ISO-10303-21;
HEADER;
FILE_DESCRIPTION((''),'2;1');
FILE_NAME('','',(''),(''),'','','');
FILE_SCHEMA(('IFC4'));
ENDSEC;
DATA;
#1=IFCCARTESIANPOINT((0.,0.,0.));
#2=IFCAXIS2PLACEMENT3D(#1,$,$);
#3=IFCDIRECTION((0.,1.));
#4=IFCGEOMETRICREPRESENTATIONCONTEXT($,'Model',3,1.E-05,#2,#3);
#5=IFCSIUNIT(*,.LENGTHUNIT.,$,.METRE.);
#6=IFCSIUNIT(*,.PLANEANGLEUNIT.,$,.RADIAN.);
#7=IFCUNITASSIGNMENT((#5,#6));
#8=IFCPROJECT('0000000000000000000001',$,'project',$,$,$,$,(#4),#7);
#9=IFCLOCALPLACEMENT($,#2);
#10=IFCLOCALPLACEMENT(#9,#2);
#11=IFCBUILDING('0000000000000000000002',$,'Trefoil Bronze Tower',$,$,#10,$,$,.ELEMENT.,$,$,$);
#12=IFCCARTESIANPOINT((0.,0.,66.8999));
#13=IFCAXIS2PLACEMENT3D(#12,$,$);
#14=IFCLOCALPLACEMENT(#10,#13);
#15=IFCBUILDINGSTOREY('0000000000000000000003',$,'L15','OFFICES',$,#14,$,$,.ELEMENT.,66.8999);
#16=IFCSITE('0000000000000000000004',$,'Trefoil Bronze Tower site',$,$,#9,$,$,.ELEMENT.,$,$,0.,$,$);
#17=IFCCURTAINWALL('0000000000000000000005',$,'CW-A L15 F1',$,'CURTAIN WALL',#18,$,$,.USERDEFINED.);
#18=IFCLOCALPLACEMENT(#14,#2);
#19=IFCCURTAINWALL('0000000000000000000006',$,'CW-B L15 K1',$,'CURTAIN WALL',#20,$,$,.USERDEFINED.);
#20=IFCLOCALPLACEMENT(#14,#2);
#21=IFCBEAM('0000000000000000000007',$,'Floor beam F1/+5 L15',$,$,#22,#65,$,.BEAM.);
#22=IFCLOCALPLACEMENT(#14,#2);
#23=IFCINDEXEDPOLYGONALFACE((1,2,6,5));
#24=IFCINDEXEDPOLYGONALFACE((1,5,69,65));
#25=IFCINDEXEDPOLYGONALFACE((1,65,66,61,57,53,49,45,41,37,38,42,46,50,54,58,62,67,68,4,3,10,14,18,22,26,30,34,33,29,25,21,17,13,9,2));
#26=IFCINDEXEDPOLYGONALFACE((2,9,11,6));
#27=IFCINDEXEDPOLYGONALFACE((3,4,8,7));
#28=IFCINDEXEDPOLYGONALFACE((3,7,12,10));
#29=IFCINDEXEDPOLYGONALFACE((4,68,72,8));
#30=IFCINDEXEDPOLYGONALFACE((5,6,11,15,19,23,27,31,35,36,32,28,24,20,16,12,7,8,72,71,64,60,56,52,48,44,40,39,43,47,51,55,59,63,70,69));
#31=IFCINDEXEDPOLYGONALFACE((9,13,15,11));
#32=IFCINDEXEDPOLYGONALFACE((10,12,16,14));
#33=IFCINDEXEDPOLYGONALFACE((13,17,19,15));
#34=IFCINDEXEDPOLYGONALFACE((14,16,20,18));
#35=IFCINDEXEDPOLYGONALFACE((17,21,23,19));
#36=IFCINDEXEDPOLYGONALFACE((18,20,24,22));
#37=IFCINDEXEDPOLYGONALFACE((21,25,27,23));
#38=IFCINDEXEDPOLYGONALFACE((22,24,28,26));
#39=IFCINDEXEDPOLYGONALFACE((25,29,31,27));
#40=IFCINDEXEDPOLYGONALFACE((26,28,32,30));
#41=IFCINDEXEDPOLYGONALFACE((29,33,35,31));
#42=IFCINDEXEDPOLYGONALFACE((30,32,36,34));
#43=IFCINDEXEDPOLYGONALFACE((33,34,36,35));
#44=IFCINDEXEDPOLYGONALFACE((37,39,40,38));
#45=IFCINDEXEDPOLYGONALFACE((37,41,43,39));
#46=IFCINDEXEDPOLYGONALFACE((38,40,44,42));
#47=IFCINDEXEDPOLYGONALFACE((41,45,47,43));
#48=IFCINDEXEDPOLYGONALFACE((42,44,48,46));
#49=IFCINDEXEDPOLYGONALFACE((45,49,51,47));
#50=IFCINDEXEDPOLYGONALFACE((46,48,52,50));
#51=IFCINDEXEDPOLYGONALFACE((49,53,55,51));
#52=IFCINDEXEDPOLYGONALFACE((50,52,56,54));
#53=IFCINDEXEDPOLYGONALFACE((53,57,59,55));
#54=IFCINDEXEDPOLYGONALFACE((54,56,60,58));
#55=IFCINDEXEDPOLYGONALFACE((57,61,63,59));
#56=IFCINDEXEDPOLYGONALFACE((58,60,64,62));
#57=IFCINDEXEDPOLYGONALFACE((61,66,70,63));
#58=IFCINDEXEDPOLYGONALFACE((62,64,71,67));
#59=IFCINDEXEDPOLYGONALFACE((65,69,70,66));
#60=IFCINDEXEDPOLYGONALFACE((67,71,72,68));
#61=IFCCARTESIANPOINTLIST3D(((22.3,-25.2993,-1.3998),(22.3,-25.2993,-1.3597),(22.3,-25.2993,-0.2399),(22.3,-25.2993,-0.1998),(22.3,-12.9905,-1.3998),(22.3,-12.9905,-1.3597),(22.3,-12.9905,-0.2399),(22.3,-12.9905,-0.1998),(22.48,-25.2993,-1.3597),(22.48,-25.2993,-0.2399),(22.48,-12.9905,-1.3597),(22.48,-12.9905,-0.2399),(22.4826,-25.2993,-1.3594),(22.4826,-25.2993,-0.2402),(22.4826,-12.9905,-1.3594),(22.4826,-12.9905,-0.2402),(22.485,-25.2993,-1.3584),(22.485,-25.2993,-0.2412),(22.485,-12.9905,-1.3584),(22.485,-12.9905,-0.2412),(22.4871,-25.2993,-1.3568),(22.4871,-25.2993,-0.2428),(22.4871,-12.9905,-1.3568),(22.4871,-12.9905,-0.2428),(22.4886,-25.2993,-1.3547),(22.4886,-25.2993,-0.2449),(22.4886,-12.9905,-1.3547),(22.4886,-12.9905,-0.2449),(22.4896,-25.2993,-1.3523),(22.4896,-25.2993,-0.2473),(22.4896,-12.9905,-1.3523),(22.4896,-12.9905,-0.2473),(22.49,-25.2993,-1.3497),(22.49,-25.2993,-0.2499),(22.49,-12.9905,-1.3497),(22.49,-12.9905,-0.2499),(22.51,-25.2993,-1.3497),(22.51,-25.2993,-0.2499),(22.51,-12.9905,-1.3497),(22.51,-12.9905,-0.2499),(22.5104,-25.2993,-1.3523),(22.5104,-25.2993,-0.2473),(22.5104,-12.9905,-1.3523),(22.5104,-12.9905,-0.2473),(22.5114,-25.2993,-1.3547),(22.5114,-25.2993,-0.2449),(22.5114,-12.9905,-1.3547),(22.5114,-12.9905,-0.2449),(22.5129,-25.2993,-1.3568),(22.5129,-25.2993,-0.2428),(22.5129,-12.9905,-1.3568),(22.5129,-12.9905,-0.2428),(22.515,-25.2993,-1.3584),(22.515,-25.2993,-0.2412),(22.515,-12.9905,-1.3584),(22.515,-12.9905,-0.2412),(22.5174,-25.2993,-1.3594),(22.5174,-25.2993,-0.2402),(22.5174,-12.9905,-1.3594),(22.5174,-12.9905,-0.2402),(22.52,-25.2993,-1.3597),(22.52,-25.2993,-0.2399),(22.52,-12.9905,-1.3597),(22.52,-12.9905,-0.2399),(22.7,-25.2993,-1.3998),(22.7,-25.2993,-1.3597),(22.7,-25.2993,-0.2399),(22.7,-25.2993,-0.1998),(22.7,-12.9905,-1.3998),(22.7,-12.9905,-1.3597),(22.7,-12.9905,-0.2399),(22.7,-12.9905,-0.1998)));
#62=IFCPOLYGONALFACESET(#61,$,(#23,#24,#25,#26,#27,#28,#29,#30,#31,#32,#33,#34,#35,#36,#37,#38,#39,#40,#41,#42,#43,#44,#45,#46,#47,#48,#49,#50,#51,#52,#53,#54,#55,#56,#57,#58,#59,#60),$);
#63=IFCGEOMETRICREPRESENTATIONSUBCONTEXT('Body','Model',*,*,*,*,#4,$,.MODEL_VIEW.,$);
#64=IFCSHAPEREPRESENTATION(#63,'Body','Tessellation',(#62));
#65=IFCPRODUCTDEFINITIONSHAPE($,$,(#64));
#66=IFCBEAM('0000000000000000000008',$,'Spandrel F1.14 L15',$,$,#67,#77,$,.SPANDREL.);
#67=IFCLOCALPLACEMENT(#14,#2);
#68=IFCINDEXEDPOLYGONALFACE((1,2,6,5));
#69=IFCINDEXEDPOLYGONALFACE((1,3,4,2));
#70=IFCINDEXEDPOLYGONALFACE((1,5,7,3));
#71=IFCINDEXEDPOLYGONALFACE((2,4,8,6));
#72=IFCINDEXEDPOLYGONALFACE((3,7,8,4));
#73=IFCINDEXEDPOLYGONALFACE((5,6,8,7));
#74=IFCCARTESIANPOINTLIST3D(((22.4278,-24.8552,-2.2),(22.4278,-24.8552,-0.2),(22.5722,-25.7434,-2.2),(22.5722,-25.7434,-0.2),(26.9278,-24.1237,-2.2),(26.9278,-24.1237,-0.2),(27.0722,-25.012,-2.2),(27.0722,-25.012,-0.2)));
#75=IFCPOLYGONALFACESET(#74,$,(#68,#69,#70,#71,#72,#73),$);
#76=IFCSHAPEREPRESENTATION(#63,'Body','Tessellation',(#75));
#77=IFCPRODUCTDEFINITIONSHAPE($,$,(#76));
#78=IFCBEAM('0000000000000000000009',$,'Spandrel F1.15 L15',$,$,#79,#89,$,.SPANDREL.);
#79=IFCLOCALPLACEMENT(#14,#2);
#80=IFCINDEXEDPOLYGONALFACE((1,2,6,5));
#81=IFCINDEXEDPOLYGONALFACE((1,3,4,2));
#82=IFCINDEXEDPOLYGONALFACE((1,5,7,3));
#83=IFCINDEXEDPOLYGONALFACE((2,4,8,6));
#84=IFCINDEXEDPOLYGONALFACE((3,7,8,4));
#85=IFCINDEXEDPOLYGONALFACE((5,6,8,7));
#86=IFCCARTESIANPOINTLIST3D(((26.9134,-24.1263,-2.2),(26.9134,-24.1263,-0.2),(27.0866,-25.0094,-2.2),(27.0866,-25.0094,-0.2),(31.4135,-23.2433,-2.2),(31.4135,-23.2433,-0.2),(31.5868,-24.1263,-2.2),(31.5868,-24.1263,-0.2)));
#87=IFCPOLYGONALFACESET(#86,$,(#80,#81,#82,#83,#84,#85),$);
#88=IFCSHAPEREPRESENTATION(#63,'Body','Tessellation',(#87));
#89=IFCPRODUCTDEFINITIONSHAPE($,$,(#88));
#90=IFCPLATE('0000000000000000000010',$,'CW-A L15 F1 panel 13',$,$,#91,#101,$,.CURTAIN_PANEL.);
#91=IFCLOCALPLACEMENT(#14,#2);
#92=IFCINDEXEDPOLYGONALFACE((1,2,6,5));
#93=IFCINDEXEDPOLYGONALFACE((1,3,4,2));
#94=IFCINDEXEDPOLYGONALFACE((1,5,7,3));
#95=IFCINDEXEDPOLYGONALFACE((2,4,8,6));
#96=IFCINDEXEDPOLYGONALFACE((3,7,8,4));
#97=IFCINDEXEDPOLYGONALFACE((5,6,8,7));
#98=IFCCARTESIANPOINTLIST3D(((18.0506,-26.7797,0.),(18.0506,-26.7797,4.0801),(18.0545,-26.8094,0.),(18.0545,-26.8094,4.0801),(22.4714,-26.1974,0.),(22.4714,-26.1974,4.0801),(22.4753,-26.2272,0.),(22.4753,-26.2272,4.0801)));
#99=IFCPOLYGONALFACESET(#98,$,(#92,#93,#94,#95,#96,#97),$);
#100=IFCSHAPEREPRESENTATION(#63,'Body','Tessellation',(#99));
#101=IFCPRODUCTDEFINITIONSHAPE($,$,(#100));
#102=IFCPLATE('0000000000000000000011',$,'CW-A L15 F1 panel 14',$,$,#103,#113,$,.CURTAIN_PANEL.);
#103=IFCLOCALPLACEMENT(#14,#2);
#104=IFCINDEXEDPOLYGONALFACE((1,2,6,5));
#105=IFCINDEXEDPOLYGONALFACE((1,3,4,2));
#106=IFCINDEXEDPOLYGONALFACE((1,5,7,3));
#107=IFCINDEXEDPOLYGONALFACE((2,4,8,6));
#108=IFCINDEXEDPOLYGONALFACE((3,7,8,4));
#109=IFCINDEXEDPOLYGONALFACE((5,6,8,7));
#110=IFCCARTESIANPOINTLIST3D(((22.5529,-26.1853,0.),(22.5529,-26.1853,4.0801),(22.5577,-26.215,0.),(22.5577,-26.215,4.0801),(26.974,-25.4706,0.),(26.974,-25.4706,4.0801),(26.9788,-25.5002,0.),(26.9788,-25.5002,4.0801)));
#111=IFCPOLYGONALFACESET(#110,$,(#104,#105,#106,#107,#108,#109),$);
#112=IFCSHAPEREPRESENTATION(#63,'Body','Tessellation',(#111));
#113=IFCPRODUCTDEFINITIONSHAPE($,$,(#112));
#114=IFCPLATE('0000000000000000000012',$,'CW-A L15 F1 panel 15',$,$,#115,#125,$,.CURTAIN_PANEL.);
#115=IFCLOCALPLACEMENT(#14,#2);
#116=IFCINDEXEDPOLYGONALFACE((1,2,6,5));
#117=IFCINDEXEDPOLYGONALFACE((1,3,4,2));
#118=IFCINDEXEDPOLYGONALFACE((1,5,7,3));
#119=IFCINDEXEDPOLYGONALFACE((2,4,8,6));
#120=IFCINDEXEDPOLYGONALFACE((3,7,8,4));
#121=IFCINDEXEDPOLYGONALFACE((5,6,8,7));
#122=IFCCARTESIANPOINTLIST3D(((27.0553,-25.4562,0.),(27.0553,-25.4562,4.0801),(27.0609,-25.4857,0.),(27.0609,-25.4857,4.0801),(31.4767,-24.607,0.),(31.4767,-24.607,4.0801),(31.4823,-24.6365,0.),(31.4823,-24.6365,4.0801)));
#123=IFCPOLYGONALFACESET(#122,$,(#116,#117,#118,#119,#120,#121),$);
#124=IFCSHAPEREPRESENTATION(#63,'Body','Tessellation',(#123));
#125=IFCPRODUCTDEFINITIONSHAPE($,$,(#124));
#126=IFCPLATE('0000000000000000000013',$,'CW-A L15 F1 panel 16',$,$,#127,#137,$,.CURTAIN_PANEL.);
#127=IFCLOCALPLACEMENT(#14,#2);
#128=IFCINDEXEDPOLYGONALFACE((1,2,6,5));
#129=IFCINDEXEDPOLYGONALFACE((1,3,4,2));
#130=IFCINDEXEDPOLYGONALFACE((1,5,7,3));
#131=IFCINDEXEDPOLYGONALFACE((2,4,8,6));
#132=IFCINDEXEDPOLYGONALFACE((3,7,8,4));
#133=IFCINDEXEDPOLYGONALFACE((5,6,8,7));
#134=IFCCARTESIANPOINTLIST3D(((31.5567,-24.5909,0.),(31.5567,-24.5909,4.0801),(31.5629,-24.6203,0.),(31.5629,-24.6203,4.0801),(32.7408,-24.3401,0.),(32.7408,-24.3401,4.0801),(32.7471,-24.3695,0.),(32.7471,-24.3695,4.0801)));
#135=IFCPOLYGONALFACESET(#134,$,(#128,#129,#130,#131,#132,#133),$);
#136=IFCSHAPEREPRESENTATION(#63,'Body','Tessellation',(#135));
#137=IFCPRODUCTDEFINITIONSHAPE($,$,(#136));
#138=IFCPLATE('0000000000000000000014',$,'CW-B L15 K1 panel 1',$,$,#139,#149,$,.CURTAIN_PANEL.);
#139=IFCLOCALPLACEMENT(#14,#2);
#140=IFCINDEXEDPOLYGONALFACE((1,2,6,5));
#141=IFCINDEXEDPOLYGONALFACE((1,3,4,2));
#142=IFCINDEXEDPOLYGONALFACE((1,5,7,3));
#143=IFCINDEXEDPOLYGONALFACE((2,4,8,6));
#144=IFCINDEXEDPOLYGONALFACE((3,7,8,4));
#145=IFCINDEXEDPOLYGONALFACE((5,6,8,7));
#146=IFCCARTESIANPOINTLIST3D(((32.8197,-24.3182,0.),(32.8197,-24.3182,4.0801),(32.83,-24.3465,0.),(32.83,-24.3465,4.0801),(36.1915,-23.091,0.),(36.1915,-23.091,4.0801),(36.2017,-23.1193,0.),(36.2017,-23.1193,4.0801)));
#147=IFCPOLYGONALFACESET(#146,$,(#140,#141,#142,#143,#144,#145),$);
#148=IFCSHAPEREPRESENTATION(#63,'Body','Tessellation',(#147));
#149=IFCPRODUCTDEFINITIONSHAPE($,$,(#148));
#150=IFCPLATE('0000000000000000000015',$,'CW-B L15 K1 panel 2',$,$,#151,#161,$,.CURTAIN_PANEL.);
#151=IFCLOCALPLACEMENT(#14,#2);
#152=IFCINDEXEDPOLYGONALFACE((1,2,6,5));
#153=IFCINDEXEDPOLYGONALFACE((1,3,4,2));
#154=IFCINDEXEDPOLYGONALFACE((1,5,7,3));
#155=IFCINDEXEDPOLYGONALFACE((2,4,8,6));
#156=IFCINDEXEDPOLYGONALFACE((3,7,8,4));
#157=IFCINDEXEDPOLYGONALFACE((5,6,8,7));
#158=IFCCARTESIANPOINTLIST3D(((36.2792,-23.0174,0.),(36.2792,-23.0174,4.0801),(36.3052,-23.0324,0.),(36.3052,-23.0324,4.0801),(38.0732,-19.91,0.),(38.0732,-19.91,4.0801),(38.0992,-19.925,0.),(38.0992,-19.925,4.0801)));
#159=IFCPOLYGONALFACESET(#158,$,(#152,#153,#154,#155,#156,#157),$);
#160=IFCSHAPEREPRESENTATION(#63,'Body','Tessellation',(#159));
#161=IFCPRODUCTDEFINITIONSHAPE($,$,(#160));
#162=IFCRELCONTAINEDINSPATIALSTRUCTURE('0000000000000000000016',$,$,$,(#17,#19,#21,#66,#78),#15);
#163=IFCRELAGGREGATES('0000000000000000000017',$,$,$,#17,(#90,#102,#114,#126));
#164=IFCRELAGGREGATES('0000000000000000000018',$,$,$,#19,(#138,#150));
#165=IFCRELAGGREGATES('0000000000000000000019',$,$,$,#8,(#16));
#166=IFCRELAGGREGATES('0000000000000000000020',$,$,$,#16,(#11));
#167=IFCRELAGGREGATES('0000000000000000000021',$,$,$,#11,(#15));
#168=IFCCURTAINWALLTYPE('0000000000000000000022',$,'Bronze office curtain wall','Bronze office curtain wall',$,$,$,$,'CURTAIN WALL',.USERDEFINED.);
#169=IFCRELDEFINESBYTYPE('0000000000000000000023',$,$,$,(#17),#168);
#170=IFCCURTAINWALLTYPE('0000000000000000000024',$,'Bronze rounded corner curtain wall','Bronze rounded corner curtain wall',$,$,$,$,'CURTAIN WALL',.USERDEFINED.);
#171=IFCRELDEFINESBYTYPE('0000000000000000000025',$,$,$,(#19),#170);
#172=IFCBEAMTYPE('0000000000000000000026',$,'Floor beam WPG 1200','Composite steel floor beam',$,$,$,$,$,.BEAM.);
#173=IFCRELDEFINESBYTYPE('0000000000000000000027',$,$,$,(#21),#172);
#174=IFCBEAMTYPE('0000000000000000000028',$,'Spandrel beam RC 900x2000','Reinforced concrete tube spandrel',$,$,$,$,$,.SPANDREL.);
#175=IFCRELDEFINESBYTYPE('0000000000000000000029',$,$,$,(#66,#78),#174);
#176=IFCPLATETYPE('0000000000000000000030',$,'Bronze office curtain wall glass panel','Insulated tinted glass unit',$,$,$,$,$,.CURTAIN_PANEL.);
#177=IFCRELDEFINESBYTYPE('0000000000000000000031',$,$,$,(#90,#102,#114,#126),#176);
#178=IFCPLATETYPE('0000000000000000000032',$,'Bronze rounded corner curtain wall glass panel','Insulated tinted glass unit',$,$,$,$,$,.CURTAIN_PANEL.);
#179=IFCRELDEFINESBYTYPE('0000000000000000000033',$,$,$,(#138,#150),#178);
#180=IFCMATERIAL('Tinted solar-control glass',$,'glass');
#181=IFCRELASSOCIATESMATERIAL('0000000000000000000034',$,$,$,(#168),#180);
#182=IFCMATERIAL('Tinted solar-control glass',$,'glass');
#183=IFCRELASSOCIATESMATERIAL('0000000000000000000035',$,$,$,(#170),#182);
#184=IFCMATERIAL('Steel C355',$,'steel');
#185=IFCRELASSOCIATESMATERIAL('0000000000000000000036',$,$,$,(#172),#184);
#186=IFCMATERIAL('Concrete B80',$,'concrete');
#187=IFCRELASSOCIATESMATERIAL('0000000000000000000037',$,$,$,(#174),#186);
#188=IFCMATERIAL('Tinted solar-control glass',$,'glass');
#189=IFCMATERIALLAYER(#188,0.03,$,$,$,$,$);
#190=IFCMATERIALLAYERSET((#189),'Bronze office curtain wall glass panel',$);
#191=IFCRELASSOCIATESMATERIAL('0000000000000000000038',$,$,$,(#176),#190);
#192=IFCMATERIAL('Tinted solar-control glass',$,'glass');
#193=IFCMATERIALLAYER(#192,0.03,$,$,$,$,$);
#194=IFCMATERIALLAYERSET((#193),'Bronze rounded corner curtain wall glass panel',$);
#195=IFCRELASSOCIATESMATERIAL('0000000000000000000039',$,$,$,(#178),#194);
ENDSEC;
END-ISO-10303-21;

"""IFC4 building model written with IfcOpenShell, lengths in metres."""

from ifc_helpers import new_model, si_unit, direction, frame, origin, origin_2d, place, context, subcontext, project, spatial, rectangle, i_section, extrude, material, layer, layer_set, material_profile, profile_set, type_object, element, aggregate, save


model = new_model("IFC4")

# Units and contexts
model_context = context("Model", 3, precision=1e-05, world=origin(), true_north=direction((0.0, 1.0)))
body_context = subcontext(model_context, "Body", "Model", "MODEL_VIEW")
ifc_project = project(units=[si_unit("LENGTHUNIT", "METRE"), si_unit("PLANEANGLEUNIT", "RADIAN")], contexts=[model_context])

# Site, building, storey
site_placement = place(None, origin())
site = spatial("IfcSite", under=ifc_project, at=site_placement, Name="Trefoil Bronze Tower site", CompositionType="ELEMENT", RefElevation=0.0)
building_placement = place(site_placement, origin())
building = spatial("IfcBuilding", under=site, at=building_placement, Name="Trefoil Bronze Tower", CompositionType="ELEMENT")
storey_placement = place(building_placement, frame((0.0, 0.0, 66.8999)))
storey = spatial("IfcBuildingStorey", under=building, at=storey_placement, Name="L15", Description="OFFICES", CompositionType="ELEMENT", Elevation=66.8999)

# Curtain walls
ifc_material_1 = material(Name="Tinted solar-control glass", Category="glass")
curtain_wall_type_1 = type_object("IfcCurtainWallType", Name="Bronze office curtain wall", Description="Bronze office curtain wall", ElementType="CURTAIN WALL", PredefinedType="USERDEFINED", material=ifc_material_1)
curtain_wall_1_placement = place(storey_placement, origin())
curtain_wall_1 = element("IfcCurtainWall", 1, at=curtain_wall_1_placement, inside=storey, type_object=curtain_wall_type_1, Name="CW-A L15 F1", ObjectType="CURTAIN WALL", PredefinedType="USERDEFINED")
ifc_material_2 = material(Name="Tinted solar-control glass", Category="glass")
curtain_wall_type_2 = type_object("IfcCurtainWallType", Name="Bronze rounded corner curtain wall", Description="Bronze rounded corner curtain wall", ElementType="CURTAIN WALL", PredefinedType="USERDEFINED", material=ifc_material_2)
curtain_wall_2_placement = place(storey_placement, origin())
curtain_wall_2 = element("IfcCurtainWall", 2, at=curtain_wall_2_placement, inside=storey, type_object=curtain_wall_type_2, Name="CW-B L15 K1", ObjectType="CURTAIN WALL", PredefinedType="USERDEFINED")

# Beams
ifc_material_3 = material(Name="Steel C355", Category="steel")
ifc_material_profile_1 = material_profile(ifc_material_3, i_section(OverallWidth=0.3999, OverallDepth=1.2, WebThickness=0.02, FlangeThickness=0.04, FilletRadius=0.01, at=origin_2d()), Name="WPG 1200")
ifc_profile_set_1 = profile_set([ifc_material_profile_1], Name="Steel C355")
beam_type_1 = type_object("IfcBeamType", Name="Floor beam WPG 1200", Description="Composite steel floor beam", PredefinedType="BEAM", material=ifc_profile_set_1)
beam_1_placement = place(storey_placement, frame((22.5, -25.2993, -0.7998), z_axis=(0.0, 1.0, 0.0), x_axis=(-1.0, 0.0, 0.0)))
element("IfcBeam", 3, at=beam_1_placement, inside=storey, type_object=beam_type_1, Name="Floor beam F1/+5 L15", PredefinedType="BEAM", context=body_context, shape_type="SweptSolid", body=[
    extrude(i_section(OverallWidth=0.3999, OverallDepth=1.2, WebThickness=0.02, FlangeThickness=0.04, FilletRadius=0.01, at=origin_2d()), origin(), (0.0, 0.0, 1.0), 12.3088),
])
ifc_material_4 = material(Name="Concrete B80", Category="concrete")
ifc_material_profile_2 = material_profile(ifc_material_4, rectangle(XDim=0.8999, YDim=2.0, at=origin_2d()), Name="RC 900x2000")
ifc_profile_set_2 = profile_set([ifc_material_profile_2], Name="Concrete B80")
beam_type_2 = type_object("IfcBeamType", Name="Spandrel beam RC 900x2000", Description="Reinforced concrete tube spandrel", PredefinedType="SPANDREL", material=ifc_profile_set_2)
beam_2_placement = place(storey_placement, frame((22.5, -25.2993, -1.2), z_axis=(0.987046, 0.160438, 0.0), x_axis=(-0.160438, 0.987046, 0.0)))
element("IfcBeam", 4, at=beam_2_placement, inside=storey, type_object=beam_type_2, Name="Spandrel F1.14 L15", PredefinedType="SPANDREL", context=body_context, shape_type="SweptSolid", body=[
    extrude(rectangle(XDim=0.8999, YDim=2.0, at=origin_2d()), origin(), (0.0, 0.0, 1.0), 4.5591),
])
beam_3_placement = place(storey_placement, frame((27.0, -24.5679, -1.2), z_axis=(0.981285, 0.192562, 0.0), x_axis=(-0.192562, 0.981285, 0.0)))
element("IfcBeam", 5, at=beam_3_placement, inside=storey, type_object=beam_type_2, Name="Spandrel F1.15 L15", PredefinedType="SPANDREL", context=body_context, shape_type="SweptSolid", body=[
    extrude(rectangle(XDim=0.8999, YDim=2.0, at=origin_2d()), origin(), (0.0, 0.0, 1.0), 4.5859),
])

# Plates
ifc_material_5 = material(Name="Tinted solar-control glass", Category="glass")
ifc_layer_1 = layer(ifc_material_5, 0.03)
ifc_layer_set_1 = layer_set([ifc_layer_1], Name="Bronze office curtain wall glass panel")
plate_type_1 = type_object("IfcPlateType", Name="Bronze office curtain wall glass panel", Description="Insulated tinted glass unit", PredefinedType="CURTAIN_PANEL", material=ifc_layer_set_1)
plate_1_placement = place(storey_placement, frame((20.2629, -26.5034, 0.0), z_axis=(0.0, 0.0, 1.0), x_axis=(0.991437, 0.130584, 0.0)))
plate_1 = element("IfcPlate", 6, at=plate_1_placement, type_object=plate_type_1, Name="CW-A L15 F1 panel 13", PredefinedType="CURTAIN_PANEL", context=body_context, shape_type="SweptSolid", body=[
    extrude(rectangle(XDim=4.459, YDim=0.03, at=origin_2d()), origin(), (0.0, 0.0, 1.0), 4.0801),
])
plate_2_placement = place(storey_placement, frame((24.7659, -25.8428, 0.0), z_axis=(0.0, 0.0, 1.0), x_axis=(0.987181, 0.159603, 0.0)))
plate_2 = element("IfcPlate", 7, at=plate_2_placement, type_object=plate_type_1, Name="CW-A L15 F1 panel 14", PredefinedType="CURTAIN_PANEL", context=body_context, shape_type="SweptSolid", body=[
    extrude(rectangle(XDim=4.4785, YDim=0.03, at=origin_2d()), origin(), (0.0, 0.0, 1.0), 4.0801),
])
plate_3_placement = place(storey_placement, frame((29.2688, -25.0464, 0.0), z_axis=(0.0, 0.0, 1.0), x_axis=(0.98205, 0.188622, 0.0)))
plate_3 = element("IfcPlate", 8, at=plate_3_placement, type_object=plate_type_1, Name="CW-A L15 F1 panel 15", PredefinedType="CURTAIN_PANEL", context=body_context, shape_type="SweptSolid", body=[
    extrude(rectangle(XDim=4.5022, YDim=0.03, at=origin_2d()), origin(), (0.0, 0.0, 1.0), 4.0801),
])
plate_4_placement = place(storey_placement, frame((32.1519, -24.4802, 0.0), z_axis=(0.0, 0.0, 1.0), x_axis=(0.978303, 0.207181, 0.0)))
plate_4 = element("IfcPlate", 9, at=plate_4_placement, type_object=plate_type_1, Name="CW-A L15 F1 panel 16", PredefinedType="CURTAIN_PANEL", context=body_context, shape_type="SweptSolid", body=[
    extrude(rectangle(XDim=1.2104, YDim=0.03, at=origin_2d()), origin(), (0.0, 0.0, 1.0), 4.0801),
])
aggregate(curtain_wall_1, [plate_1, plate_2, plate_3, plate_4])
ifc_material_6 = material(Name="Tinted solar-control glass", Category="glass")
ifc_layer_2 = layer(ifc_material_6, 0.03)
ifc_layer_set_2 = layer_set([ifc_layer_2], Name="Bronze rounded corner curtain wall glass panel")
plate_type_2 = type_object("IfcPlateType", Name="Bronze rounded corner curtain wall glass panel", Description="Insulated tinted glass unit", PredefinedType="CURTAIN_PANEL", material=ifc_layer_set_2)
plate_5_placement = place(storey_placement, frame((34.5107, -23.7188, 0.0), z_axis=(0.0, 0.0, 1.0), x_axis=(0.939693, 0.34202, 0.0)))
plate_5 = element("IfcPlate", 10, at=plate_5_placement, type_object=plate_type_2, Name="CW-B L15 K1 panel 1", PredefinedType="CURTAIN_PANEL", context=body_context, shape_type="SweptSolid", body=[
    extrude(rectangle(XDim=3.5881, YDim=0.03, at=origin_2d()), origin(), (0.0, 0.0, 1.0), 4.0801),
])
plate_6_placement = place(storey_placement, frame((37.1892, -21.4712, 0.0), z_axis=(0.0, 0.0, 1.0), x_axis=(0.5, 0.866025, 0.0)))
plate_6 = element("IfcPlate", 11, at=plate_6_placement, type_object=plate_type_2, Name="CW-B L15 K1 panel 2", PredefinedType="CURTAIN_PANEL", context=body_context, shape_type="SweptSolid", body=[
    extrude(rectangle(XDim=3.5881, YDim=0.03, at=origin_2d()), origin(), (0.0, 0.0, 1.0), 4.0801),
])
aggregate(curtain_wall_2, [plate_5, plate_6])

save(model, "model.ifc")
